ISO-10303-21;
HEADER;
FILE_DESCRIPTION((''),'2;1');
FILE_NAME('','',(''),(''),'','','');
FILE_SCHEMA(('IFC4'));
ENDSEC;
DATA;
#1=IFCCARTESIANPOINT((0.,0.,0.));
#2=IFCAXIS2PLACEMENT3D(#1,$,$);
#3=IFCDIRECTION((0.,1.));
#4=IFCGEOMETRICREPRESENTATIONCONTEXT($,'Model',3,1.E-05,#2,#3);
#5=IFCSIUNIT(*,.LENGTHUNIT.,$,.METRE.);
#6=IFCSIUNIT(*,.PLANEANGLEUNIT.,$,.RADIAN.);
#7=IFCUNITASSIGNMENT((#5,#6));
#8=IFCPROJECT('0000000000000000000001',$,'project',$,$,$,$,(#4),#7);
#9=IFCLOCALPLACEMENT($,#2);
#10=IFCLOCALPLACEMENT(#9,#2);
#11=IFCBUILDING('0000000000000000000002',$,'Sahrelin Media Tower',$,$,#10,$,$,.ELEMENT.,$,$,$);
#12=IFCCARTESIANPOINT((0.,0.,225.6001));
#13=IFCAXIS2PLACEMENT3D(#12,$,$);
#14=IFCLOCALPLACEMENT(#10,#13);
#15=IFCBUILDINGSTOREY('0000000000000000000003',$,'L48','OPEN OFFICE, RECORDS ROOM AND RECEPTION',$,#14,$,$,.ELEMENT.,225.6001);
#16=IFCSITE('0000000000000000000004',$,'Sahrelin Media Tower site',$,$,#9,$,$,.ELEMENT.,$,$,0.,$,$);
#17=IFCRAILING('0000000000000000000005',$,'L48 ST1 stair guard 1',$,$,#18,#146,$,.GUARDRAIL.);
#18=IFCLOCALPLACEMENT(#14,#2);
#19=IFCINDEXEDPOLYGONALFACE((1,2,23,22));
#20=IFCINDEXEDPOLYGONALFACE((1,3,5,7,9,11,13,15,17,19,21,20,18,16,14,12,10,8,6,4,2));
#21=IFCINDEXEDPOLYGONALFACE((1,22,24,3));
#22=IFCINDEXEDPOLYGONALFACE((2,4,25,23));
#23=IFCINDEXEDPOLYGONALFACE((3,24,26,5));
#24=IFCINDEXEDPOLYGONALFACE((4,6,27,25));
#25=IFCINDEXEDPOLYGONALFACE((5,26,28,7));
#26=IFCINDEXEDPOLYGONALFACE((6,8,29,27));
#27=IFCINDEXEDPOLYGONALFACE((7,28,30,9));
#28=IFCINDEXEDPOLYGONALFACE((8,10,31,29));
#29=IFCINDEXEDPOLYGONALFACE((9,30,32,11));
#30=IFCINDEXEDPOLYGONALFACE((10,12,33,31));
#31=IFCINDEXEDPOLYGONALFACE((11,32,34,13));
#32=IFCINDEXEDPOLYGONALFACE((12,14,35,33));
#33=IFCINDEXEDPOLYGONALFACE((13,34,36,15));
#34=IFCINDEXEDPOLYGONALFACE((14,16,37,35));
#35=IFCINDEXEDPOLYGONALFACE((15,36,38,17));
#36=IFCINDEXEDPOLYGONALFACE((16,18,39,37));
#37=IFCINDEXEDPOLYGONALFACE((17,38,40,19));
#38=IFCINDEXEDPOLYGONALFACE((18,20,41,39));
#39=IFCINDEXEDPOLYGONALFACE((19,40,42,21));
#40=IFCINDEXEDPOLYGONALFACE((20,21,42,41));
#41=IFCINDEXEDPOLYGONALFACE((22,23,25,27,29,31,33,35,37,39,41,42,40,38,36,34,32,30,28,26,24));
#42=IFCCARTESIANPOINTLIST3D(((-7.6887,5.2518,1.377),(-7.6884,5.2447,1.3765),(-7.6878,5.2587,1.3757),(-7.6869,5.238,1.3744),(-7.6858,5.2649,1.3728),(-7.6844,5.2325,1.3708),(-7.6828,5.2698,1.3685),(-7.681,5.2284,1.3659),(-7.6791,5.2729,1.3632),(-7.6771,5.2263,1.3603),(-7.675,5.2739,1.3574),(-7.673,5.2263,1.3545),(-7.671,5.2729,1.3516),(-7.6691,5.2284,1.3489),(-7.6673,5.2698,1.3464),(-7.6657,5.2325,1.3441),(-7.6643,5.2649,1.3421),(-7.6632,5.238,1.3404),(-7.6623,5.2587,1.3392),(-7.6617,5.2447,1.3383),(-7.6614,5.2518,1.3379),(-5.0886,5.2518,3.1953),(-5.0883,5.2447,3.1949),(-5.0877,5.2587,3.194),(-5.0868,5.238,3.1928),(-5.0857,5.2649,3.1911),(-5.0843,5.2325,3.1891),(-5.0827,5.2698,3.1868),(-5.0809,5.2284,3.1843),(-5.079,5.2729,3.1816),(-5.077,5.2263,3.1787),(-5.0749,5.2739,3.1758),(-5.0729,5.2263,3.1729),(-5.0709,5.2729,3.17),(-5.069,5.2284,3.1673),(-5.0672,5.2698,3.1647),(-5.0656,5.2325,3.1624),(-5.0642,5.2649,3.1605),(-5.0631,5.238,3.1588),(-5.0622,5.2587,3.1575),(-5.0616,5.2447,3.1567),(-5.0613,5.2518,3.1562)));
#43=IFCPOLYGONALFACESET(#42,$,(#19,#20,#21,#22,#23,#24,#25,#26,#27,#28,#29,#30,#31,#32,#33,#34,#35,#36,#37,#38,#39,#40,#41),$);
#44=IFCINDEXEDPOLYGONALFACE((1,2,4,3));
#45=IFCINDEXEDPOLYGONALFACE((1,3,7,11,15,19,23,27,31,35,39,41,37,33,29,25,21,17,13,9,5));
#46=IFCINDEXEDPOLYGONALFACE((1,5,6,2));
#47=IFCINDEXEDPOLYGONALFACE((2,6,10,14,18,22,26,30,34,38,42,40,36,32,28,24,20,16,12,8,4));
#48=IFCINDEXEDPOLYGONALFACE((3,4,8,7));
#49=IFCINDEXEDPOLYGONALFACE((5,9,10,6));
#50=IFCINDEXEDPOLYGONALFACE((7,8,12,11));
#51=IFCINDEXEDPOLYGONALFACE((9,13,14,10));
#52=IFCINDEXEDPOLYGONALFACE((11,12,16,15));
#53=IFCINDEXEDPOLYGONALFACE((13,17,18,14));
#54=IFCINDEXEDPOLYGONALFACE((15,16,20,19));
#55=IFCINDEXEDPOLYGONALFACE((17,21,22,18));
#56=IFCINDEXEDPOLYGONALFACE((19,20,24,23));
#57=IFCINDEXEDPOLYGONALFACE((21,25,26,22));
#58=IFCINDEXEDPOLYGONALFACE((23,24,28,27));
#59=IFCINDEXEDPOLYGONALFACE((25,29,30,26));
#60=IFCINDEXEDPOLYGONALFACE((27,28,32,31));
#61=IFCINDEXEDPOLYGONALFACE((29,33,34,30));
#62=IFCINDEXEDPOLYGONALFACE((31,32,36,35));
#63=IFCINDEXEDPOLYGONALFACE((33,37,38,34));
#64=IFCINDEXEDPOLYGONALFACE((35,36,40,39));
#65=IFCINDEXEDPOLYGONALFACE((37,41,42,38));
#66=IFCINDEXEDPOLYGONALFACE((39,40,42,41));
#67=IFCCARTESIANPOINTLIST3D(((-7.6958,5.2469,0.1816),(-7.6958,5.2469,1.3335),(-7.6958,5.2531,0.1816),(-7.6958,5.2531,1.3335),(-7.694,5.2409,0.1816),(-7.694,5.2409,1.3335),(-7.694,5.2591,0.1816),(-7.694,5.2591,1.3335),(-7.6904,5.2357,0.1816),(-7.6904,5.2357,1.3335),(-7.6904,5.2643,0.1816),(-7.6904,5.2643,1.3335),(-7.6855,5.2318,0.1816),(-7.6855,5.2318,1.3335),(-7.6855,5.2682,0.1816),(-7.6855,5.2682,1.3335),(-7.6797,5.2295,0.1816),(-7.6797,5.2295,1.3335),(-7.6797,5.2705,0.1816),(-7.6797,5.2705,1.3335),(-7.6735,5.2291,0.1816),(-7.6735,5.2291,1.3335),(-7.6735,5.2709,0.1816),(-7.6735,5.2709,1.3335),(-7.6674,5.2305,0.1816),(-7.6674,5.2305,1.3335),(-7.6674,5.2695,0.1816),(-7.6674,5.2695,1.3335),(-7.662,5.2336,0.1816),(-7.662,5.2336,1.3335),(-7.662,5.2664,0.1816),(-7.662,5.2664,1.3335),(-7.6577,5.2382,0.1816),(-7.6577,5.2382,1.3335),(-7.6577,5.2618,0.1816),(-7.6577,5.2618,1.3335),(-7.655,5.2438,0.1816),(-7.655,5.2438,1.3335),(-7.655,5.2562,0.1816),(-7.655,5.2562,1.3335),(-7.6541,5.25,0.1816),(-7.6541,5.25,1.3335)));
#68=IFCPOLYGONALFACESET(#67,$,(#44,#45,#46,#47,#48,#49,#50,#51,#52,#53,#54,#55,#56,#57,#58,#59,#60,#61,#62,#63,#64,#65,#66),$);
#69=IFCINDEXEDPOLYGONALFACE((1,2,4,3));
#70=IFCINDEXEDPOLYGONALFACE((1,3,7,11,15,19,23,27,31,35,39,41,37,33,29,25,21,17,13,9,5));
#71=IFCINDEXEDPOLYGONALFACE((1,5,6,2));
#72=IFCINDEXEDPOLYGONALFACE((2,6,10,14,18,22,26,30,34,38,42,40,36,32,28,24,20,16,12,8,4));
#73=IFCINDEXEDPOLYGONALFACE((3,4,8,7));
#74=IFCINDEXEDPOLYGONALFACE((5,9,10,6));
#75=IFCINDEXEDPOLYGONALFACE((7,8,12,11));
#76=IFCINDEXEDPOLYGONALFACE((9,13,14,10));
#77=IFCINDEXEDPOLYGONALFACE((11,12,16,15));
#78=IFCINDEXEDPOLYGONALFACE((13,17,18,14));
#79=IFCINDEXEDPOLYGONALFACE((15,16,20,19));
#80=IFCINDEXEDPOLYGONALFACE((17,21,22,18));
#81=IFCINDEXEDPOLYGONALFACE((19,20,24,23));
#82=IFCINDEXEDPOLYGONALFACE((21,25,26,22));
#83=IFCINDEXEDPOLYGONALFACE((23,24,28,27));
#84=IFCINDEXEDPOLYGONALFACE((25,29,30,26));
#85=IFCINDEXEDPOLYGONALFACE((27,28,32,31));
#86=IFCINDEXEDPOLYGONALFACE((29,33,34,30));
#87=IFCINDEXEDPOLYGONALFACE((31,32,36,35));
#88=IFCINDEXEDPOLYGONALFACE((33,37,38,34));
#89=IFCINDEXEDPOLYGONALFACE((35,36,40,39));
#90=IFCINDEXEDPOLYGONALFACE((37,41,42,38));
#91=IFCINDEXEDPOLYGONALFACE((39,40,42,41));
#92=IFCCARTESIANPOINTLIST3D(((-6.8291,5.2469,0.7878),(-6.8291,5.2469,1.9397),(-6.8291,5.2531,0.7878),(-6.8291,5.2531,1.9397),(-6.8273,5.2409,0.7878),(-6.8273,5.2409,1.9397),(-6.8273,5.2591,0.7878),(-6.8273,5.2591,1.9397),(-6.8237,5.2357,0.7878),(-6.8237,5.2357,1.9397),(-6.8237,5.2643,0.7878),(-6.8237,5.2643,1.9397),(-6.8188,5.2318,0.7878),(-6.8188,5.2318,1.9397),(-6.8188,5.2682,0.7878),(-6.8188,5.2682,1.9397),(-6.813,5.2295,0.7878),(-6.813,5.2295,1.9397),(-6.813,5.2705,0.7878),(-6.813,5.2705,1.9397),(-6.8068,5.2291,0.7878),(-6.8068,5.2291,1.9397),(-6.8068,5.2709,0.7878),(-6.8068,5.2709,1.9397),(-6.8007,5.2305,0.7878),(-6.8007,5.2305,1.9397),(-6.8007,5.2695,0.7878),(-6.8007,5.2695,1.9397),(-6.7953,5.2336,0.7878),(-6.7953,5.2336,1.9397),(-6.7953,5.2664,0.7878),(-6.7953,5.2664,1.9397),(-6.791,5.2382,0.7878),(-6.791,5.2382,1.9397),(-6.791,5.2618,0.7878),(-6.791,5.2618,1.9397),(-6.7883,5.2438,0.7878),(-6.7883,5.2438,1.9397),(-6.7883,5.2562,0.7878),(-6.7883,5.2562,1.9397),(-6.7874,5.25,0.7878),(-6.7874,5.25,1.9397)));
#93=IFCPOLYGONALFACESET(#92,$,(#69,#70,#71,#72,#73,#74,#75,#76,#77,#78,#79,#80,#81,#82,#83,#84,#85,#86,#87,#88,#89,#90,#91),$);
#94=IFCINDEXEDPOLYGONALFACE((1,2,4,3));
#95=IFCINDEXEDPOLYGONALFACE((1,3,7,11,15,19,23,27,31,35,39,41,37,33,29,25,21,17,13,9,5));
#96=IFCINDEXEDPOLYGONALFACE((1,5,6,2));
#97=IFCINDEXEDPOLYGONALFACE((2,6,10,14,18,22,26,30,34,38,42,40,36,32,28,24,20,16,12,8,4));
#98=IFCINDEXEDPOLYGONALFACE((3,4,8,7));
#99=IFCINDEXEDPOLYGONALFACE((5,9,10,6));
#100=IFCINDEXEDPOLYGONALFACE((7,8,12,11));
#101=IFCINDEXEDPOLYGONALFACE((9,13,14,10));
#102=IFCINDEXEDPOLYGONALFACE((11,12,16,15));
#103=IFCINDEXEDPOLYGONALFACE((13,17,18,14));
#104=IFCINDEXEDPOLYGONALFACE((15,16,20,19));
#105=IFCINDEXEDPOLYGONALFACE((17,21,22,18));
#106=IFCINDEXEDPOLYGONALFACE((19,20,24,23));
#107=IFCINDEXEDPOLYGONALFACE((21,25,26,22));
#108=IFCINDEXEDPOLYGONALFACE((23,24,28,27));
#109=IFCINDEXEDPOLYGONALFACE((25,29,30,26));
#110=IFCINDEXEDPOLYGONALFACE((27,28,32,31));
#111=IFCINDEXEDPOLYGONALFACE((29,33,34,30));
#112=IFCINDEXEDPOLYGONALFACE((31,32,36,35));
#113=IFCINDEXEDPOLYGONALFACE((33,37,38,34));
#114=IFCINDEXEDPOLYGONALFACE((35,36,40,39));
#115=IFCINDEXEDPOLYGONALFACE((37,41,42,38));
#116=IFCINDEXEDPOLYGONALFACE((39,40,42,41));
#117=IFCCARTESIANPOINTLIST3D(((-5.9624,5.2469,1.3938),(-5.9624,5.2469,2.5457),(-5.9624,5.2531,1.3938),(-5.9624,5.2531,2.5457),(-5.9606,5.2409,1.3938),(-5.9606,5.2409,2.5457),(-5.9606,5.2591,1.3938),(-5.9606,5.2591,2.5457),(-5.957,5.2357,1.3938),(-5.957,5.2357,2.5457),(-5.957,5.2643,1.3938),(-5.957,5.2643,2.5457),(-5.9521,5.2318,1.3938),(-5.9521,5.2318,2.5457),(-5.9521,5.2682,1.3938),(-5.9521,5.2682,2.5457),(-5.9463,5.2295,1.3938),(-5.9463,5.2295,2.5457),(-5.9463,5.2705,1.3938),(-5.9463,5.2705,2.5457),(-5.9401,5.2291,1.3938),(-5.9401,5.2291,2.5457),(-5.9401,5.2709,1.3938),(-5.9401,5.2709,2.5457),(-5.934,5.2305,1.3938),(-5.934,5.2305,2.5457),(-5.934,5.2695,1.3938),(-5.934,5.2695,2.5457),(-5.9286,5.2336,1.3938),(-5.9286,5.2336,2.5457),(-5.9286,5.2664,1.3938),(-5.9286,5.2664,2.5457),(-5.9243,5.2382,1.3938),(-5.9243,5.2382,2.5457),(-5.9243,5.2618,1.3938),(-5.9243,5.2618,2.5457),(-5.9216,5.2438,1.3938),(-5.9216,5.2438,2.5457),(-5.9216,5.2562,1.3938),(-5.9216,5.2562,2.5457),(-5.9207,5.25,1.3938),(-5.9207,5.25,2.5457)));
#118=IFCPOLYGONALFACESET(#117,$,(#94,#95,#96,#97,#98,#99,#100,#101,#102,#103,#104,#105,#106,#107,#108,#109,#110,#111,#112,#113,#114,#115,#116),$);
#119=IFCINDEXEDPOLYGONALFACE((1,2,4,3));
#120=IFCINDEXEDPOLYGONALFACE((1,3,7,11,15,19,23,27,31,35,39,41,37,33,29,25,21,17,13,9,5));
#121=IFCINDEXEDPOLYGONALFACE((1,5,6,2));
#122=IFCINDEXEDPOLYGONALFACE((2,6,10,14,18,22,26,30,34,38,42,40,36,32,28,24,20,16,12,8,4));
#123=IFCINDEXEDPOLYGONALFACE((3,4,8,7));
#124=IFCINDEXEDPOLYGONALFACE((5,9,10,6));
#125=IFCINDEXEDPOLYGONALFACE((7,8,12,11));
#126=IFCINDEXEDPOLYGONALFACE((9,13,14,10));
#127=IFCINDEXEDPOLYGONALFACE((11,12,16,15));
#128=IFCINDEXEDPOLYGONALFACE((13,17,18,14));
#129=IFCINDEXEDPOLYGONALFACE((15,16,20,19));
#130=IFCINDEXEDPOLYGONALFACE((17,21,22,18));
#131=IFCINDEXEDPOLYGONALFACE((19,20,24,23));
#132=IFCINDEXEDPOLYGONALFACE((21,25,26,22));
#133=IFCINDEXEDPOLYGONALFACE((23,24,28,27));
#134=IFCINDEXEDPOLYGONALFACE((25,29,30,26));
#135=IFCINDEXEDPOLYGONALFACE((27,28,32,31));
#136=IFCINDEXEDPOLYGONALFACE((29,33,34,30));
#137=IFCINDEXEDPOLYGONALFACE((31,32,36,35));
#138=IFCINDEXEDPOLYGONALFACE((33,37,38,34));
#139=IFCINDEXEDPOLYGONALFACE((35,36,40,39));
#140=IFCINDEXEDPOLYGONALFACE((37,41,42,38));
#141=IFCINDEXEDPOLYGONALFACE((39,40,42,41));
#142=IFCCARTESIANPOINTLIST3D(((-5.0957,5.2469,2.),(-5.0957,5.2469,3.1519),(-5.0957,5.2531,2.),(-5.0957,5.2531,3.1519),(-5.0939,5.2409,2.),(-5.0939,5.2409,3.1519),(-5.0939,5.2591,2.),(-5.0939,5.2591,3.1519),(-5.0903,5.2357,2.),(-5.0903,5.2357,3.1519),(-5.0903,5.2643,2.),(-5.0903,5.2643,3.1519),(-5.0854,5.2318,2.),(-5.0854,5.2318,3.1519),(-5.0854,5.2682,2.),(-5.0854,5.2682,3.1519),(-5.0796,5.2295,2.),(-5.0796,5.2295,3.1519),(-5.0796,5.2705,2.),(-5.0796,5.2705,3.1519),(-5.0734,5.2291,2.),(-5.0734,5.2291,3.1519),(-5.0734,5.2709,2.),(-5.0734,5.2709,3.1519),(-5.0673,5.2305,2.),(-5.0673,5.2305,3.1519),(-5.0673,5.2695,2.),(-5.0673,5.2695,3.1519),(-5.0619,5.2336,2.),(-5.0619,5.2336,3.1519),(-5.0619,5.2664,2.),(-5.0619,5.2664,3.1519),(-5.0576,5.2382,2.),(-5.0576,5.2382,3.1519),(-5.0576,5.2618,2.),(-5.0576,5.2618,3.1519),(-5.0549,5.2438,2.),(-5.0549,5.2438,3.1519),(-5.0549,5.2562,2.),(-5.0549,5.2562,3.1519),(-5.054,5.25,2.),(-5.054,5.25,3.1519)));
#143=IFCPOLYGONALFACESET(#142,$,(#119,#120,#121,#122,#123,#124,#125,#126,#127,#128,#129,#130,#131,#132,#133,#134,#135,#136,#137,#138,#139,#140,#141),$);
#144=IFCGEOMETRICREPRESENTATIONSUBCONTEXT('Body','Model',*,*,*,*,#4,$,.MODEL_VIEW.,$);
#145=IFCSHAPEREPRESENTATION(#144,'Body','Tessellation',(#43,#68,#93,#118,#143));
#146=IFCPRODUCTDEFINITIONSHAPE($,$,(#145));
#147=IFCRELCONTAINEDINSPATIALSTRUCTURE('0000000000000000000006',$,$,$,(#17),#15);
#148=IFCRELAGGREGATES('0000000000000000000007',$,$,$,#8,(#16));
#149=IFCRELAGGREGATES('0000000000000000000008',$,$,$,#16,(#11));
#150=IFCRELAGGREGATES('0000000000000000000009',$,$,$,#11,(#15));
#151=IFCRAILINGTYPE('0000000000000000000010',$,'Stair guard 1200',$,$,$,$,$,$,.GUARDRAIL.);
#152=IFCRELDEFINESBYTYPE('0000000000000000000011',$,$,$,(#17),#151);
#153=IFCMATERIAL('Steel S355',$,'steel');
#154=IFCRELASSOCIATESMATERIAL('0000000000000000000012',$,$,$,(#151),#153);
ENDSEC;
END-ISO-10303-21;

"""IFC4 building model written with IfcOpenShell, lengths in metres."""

from ifc_helpers import new_model, si_unit, direction, frame, origin, origin_2d, place, context, subcontext, project, spatial, circle, extrude, material, type_object, element, save


model = new_model("IFC4")

# Units and contexts
model_context = context("Model", 3, precision=1e-05, world=origin(), true_north=direction((0.0, 1.0)))
body_context = subcontext(model_context, "Body", "Model", "MODEL_VIEW")
ifc_project = project(units=[si_unit("LENGTHUNIT", "METRE"), si_unit("PLANEANGLEUNIT", "RADIAN")], contexts=[model_context])

# Site, building, storey
site_placement = place(None, origin())
site = spatial("IfcSite", under=ifc_project, at=site_placement, Name="Sahrelin Media Tower site", CompositionType="ELEMENT", RefElevation=0.0)
building_placement = place(site_placement, origin())
building = spatial("IfcBuilding", under=site, at=building_placement, Name="Sahrelin Media Tower", CompositionType="ELEMENT")
storey_placement = place(building_placement, frame((0.0, 0.0, 225.6001)))
storey = spatial("IfcBuildingStorey", under=building, at=storey_placement, Name="L48", Description="OPEN OFFICE, RECORDS ROOM AND RECEPTION", CompositionType="ELEMENT", Elevation=225.6001)

# Shared definitions
ifc_material_1 = material(Name="Steel S355", Category="steel")

# Railing
railing_type_1 = type_object("IfcRailingType", Name="Stair guard 1200", PredefinedType="GUARDRAIL", material=ifc_material_1)
railing_1_placement = place(storey_placement, frame((-7.675, 5.25, 0.1816)))
element("IfcRailing", 1, at=railing_1_placement, inside=storey, type_object=railing_type_1, Name="L48 ST1 stair guard 1", PredefinedType="GUARDRAIL", context=body_context, shape_type="SweptSolid", body=[
    extrude(circle(Radius=0.0239, at=origin_2d()), frame((0.0, 0.0, 1.1758), z_axis=(0.819485, 0.0, 0.573101), x_axis=(0.0, 1.0, 0.0)), (0.0, 0.0, 1.0), 3.1729),
    extrude(circle(Radius=0.021, at=origin_2d()), origin(), (0.0, 0.0, 1.0), 1.1519),
    extrude(circle(Radius=0.021, at=origin_2d()), frame((0.8667, 0.0, 0.6062)), (0.0, 0.0, 1.0), 1.1519),
    extrude(circle(Radius=0.021, at=origin_2d()), frame((1.7334, 0.0, 1.2122)), (0.0, 0.0, 1.0), 1.1519),
    extrude(circle(Radius=0.021, at=origin_2d()), frame((2.6001, 0.0, 1.8184)), (0.0, 0.0, 1.0), 1.1519),
])

save(model, "model.ifc")
